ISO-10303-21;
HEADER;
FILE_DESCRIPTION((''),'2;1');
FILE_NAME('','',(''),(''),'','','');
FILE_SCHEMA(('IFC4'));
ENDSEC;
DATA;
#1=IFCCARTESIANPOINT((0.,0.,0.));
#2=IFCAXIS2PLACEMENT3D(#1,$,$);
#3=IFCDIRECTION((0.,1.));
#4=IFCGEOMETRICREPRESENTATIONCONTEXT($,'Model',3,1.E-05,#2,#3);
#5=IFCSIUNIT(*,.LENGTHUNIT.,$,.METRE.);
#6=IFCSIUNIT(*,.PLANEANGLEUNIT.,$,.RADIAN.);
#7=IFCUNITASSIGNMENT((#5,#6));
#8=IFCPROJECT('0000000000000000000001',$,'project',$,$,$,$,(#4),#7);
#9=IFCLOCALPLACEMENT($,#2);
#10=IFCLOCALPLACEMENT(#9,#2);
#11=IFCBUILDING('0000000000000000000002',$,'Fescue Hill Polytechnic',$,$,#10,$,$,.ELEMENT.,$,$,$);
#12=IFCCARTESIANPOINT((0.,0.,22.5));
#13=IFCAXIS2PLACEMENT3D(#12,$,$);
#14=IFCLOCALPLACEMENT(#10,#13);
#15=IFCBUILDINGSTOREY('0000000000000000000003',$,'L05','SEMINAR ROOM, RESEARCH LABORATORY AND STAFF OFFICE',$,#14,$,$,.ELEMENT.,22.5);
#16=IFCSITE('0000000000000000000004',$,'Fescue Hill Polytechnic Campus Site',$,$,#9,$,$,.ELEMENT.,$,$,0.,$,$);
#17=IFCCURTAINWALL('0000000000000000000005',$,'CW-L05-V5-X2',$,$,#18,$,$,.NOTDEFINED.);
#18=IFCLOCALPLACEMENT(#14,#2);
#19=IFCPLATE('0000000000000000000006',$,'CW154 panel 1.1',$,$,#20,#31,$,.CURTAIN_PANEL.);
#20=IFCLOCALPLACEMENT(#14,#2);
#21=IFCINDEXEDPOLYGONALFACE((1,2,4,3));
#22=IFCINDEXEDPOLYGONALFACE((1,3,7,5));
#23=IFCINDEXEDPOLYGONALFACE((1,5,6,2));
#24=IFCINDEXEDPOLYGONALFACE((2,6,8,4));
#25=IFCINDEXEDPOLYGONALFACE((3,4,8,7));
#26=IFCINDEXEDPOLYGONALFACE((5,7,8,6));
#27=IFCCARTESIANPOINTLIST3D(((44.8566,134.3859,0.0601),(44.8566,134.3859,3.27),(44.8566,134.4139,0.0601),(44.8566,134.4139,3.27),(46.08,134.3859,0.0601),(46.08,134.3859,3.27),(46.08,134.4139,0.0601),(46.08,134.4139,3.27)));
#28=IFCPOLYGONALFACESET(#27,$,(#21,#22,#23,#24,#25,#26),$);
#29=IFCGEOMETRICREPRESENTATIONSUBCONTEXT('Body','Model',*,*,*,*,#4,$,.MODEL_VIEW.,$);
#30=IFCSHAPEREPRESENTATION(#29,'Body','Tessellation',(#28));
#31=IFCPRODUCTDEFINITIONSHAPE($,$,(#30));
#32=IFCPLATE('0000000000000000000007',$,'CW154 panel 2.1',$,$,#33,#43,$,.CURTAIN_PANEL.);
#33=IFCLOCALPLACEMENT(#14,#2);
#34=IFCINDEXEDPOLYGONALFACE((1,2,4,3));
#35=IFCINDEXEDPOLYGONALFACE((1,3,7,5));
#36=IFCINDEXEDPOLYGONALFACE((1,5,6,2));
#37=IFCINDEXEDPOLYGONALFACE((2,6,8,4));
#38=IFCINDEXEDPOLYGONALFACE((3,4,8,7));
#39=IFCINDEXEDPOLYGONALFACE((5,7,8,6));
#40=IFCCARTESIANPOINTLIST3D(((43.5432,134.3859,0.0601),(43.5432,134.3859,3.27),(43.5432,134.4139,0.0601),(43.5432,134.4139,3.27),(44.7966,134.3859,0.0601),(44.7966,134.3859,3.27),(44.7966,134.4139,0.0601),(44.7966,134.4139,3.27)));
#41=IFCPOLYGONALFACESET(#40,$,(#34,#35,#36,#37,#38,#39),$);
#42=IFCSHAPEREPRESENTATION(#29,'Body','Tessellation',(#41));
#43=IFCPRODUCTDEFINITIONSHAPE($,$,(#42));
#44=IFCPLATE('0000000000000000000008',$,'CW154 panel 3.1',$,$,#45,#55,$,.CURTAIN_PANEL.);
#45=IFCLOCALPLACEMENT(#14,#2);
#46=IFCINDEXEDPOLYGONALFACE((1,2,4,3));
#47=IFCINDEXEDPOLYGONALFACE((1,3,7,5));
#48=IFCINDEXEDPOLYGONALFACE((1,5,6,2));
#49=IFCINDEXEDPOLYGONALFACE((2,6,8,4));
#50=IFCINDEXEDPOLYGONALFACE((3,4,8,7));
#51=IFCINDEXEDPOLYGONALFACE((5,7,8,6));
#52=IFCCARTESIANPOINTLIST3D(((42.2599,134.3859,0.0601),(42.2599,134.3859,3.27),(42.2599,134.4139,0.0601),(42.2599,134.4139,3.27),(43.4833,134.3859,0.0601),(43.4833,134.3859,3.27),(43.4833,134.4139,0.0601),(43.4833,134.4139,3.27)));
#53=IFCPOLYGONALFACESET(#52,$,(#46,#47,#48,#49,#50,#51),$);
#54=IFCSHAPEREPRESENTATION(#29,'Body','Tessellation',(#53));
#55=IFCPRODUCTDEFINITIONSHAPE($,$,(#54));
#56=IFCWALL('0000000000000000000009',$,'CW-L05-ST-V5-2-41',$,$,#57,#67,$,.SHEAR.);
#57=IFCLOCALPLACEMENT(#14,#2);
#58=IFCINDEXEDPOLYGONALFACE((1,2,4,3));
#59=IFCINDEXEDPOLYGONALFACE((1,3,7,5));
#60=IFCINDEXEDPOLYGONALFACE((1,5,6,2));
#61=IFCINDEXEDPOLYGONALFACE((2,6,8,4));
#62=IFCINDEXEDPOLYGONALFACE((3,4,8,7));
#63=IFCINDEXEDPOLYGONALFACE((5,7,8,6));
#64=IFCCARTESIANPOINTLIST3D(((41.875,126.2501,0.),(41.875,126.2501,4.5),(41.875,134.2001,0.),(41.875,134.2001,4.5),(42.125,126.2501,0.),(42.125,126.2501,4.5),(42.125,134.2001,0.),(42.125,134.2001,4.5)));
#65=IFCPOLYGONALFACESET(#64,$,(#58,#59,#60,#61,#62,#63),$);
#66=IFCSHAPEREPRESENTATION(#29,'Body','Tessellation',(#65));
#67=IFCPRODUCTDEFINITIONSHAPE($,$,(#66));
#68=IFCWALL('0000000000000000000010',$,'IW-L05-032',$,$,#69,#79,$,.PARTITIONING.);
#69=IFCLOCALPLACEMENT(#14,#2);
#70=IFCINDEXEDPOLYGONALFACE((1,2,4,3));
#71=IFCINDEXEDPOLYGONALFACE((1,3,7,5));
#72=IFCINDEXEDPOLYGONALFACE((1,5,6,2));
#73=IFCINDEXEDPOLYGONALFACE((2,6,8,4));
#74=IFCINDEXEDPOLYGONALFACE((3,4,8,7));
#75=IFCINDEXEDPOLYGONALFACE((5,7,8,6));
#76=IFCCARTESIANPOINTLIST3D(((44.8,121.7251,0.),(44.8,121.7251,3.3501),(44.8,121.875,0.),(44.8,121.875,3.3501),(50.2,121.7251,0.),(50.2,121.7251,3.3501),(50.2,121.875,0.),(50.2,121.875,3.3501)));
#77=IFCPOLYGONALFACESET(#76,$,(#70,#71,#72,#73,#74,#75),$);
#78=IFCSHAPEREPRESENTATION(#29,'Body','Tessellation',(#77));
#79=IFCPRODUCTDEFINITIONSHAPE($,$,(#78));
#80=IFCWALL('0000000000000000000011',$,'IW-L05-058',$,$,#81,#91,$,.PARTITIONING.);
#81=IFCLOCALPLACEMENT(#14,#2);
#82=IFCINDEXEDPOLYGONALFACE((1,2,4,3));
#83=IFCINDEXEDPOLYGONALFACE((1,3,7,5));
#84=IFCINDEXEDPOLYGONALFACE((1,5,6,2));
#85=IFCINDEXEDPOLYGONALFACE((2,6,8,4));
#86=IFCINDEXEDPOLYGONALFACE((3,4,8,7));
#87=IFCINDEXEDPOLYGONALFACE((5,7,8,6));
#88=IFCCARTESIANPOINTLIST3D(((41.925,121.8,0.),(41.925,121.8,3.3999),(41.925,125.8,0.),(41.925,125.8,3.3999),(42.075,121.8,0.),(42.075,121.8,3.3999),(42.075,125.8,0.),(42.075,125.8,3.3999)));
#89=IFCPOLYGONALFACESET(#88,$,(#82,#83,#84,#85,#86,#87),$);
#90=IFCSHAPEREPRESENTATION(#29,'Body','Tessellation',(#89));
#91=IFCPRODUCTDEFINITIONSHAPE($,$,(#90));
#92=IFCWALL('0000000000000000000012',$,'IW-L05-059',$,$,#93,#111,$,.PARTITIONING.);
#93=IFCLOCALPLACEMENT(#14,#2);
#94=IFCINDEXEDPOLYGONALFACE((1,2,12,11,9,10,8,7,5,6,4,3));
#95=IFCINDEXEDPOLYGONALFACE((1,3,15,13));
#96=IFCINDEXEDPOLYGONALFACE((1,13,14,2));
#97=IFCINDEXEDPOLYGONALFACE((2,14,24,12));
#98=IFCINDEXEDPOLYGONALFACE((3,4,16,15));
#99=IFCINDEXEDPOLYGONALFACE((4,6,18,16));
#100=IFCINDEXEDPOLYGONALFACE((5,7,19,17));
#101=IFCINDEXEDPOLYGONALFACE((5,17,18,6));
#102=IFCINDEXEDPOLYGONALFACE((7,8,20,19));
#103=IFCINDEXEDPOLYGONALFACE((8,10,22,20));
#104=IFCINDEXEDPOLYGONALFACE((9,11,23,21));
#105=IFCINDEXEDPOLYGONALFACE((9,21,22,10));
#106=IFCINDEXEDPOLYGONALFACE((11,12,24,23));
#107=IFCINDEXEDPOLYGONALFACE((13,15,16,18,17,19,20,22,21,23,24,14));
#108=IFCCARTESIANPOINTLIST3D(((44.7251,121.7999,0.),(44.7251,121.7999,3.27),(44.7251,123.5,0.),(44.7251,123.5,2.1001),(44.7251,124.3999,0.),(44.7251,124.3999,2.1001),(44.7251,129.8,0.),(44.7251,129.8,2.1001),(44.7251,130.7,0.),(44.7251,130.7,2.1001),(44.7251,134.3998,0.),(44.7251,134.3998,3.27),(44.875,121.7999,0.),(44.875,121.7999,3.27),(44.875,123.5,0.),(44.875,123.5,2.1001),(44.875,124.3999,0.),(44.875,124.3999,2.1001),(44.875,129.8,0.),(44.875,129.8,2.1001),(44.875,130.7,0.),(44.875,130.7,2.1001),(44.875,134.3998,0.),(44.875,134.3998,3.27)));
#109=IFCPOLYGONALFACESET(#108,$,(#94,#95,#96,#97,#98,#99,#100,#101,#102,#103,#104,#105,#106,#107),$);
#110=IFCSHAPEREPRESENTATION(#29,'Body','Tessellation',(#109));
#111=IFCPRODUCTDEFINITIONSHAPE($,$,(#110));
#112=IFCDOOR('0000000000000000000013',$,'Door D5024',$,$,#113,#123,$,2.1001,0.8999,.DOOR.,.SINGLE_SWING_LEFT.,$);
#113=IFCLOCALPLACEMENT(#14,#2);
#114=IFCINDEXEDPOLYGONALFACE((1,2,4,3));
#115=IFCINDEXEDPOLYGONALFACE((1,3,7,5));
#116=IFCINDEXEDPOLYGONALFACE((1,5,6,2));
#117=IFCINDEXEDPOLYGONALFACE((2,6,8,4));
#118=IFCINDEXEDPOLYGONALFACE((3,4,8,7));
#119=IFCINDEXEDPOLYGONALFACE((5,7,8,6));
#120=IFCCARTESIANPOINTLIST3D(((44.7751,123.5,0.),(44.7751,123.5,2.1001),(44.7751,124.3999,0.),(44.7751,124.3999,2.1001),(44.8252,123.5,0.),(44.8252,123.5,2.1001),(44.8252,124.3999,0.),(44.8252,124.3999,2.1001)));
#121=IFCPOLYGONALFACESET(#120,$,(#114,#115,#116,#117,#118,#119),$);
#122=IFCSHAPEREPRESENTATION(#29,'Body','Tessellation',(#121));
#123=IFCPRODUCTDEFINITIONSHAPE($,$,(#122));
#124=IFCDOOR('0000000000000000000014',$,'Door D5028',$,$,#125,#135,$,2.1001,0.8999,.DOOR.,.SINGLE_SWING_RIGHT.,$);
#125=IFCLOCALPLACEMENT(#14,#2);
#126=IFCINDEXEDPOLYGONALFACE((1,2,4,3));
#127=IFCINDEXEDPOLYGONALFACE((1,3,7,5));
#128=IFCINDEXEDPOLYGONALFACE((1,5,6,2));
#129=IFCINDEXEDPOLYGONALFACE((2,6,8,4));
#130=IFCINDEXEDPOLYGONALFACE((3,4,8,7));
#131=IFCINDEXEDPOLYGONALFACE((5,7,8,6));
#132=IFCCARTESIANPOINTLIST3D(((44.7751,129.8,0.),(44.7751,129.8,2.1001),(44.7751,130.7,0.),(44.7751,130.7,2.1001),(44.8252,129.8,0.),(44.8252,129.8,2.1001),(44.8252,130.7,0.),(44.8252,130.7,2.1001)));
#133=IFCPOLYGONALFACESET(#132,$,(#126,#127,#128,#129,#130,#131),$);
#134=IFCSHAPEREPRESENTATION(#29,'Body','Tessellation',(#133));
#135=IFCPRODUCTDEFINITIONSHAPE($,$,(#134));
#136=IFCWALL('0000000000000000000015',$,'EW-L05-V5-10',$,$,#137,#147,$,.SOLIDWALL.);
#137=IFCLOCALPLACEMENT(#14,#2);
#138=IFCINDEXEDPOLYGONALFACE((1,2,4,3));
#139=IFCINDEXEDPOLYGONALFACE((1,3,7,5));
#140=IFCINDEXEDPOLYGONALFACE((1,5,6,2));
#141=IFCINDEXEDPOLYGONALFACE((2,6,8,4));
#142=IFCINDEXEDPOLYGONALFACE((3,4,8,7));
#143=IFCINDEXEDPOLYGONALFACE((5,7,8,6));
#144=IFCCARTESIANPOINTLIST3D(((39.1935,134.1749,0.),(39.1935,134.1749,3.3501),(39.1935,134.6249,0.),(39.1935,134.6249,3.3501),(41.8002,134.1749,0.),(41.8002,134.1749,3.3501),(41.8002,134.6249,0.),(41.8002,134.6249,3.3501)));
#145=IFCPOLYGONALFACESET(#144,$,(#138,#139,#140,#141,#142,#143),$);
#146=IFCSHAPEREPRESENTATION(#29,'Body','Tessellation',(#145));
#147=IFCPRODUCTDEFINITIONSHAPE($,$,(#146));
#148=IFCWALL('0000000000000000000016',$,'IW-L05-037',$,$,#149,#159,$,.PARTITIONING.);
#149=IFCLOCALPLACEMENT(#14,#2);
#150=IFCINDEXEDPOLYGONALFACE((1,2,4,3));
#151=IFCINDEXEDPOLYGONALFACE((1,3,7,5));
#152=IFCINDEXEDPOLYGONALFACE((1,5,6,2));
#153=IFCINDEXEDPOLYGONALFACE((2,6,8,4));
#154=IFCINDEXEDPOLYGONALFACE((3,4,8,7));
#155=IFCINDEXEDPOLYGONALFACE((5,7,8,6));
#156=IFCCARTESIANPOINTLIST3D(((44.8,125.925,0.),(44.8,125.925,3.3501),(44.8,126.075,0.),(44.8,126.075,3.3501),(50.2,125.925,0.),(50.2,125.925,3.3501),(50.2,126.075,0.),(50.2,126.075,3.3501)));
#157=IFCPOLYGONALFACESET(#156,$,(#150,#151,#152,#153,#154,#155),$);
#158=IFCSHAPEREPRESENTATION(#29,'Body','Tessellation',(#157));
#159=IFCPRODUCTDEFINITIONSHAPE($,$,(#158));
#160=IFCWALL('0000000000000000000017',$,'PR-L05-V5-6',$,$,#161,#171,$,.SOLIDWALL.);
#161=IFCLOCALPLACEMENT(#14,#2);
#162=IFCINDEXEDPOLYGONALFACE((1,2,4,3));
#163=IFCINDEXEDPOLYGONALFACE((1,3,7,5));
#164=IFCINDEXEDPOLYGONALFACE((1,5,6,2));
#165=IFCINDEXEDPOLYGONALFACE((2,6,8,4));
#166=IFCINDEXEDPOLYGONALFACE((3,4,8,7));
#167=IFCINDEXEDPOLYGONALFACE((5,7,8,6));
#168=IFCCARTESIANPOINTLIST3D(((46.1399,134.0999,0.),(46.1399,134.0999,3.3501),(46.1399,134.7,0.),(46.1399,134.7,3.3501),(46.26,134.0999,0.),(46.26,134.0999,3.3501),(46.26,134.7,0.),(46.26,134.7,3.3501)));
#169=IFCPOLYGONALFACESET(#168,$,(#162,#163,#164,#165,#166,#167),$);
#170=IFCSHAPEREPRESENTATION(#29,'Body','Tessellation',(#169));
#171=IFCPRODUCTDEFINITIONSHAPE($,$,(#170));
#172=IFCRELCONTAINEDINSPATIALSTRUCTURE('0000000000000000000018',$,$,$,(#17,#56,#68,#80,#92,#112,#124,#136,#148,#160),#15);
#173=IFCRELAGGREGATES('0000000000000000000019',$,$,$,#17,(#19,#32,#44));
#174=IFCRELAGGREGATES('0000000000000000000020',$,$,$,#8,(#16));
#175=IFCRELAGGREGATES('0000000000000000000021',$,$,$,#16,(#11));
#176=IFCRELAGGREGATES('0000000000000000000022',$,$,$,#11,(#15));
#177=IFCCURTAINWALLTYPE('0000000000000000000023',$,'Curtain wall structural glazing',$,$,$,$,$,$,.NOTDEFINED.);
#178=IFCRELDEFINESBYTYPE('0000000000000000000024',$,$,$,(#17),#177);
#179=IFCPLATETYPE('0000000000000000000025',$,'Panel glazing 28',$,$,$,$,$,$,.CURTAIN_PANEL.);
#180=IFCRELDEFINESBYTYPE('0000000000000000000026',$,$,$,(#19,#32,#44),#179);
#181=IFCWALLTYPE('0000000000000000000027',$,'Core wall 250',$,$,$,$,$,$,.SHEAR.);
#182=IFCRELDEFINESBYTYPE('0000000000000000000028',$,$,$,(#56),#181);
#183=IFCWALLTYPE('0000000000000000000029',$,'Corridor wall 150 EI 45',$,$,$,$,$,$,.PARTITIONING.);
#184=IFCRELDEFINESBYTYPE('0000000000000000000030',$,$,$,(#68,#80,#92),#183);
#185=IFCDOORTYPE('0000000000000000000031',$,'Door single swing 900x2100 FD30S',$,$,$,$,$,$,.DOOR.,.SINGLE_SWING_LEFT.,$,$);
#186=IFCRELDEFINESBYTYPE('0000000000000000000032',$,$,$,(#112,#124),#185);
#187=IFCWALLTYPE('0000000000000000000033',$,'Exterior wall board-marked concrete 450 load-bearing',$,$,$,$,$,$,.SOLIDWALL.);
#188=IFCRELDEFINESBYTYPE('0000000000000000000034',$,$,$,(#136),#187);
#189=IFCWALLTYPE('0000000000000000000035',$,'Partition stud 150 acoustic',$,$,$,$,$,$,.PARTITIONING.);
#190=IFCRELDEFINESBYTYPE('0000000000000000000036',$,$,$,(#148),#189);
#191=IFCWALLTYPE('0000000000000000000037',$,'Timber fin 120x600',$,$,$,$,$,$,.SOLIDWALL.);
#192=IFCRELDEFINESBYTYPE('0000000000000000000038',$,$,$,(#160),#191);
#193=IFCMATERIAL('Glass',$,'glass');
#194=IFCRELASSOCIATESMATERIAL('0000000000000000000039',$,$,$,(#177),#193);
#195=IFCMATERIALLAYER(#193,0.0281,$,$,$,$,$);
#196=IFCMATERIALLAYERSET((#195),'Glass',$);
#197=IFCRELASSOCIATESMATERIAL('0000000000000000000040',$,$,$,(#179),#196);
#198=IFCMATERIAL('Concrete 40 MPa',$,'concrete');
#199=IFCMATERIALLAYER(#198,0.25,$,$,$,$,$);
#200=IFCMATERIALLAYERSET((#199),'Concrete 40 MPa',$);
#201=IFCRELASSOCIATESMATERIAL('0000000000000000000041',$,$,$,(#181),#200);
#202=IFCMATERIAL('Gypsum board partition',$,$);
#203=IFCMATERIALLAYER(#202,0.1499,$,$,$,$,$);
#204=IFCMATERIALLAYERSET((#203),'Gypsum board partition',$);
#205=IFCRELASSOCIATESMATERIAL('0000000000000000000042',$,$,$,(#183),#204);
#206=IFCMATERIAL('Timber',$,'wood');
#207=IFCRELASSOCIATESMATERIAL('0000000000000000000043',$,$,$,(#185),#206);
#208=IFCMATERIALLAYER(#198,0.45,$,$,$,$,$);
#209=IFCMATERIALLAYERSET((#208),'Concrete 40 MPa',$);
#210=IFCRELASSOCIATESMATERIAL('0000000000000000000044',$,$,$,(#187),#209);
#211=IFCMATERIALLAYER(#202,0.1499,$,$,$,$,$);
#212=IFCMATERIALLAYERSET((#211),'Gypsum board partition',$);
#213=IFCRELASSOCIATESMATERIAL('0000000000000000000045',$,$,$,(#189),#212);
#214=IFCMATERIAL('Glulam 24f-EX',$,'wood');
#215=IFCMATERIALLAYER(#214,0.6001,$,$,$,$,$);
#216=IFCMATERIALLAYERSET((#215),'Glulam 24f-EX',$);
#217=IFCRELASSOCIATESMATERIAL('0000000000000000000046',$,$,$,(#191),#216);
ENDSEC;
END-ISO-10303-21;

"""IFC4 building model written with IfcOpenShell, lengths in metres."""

from ifc_helpers import new_model, si_unit, direction, frame, frame_2d, origin, origin_2d, place, context, subcontext, project, spatial, rectangle, extrude, material, layer, layer_set, type_object, element, fill, aggregate, save


model = new_model("IFC4")

# Units and contexts
model_context = context("Model", 3, precision=1e-05, world=origin(), true_north=direction((0.0, 1.0)))
body_context = subcontext(model_context, "Body", "Model", "MODEL_VIEW")
ifc_project = project(units=[si_unit("LENGTHUNIT", "METRE"), si_unit("PLANEANGLEUNIT", "RADIAN")], contexts=[model_context])

# Site, building, storey
site_placement = place(None, origin())
site = spatial("IfcSite", under=ifc_project, at=site_placement, Name="Fescue Hill Polytechnic Campus Site", CompositionType="ELEMENT", RefElevation=0.0)
building_placement = place(site_placement, origin())
building = spatial("IfcBuilding", under=site, at=building_placement, Name="Fescue Hill Polytechnic", CompositionType="ELEMENT")
storey_placement = place(building_placement, frame((0.0, 0.0, 22.5)))
storey = spatial("IfcBuildingStorey", under=building, at=storey_placement, Name="L05", Description="SEMINAR ROOM, RESEARCH LABORATORY AND STAFF OFFICE", CompositionType="ELEMENT", Elevation=22.5)

# Shared definitions
ifc_material_1 = material(Name="Concrete 40 MPa", Category="concrete")

# Curtain wall, plates
ifc_material_2 = material(Name="Glass", Category="glass")
curtain_wall_type = type_object("IfcCurtainWallType", Name="Curtain wall structural glazing", PredefinedType="NOTDEFINED", material=ifc_material_2)
curtain_wall_placement = place(storey_placement, origin())
curtain_wall = element("IfcCurtainWall", 1, at=curtain_wall_placement, inside=storey, type_object=curtain_wall_type, Name="CW-L05-V5-X2", PredefinedType="NOTDEFINED")
ifc_layer_1 = layer(ifc_material_2, 0.0281)
ifc_layer_set_1 = layer_set([ifc_layer_1], Name="Glass")
plate_type = type_object("IfcPlateType", Name="Panel glazing 28", PredefinedType="CURTAIN_PANEL", material=ifc_layer_set_1)
plate_1_placement = place(storey_placement, frame((45.4683, 134.3999, 0.0601), z_axis=(0.0, 0.0, 1.0), x_axis=(-1.0, 0.0, 0.0)))
plate_1 = element("IfcPlate", 2, at=plate_1_placement, type_object=plate_type, Name="CW154 panel 1.1", PredefinedType="CURTAIN_PANEL", context=body_context, shape_type="SweptSolid", body=[
    extrude(rectangle(XDim=1.2234, YDim=0.0281, at=origin_2d()), origin(), (0.0, 0.0, 1.0), 3.21),
])
plate_2_placement = place(storey_placement, frame((44.1699, 134.3999, 0.0601), z_axis=(0.0, 0.0, 1.0), x_axis=(-1.0, 0.0, 0.0)))
plate_2 = element("IfcPlate", 3, at=plate_2_placement, type_object=plate_type, Name="CW154 panel 2.1", PredefinedType="CURTAIN_PANEL", context=body_context, shape_type="SweptSolid", body=[
    extrude(rectangle(XDim=1.2534, YDim=0.0281, at=origin_2d()), origin(), (0.0, 0.0, 1.0), 3.21),
])
plate_3_placement = place(storey_placement, frame((42.8716, 134.3999, 0.0601), z_axis=(0.0, 0.0, 1.0), x_axis=(-1.0, 0.0, 0.0)))
plate_3 = element("IfcPlate", 4, at=plate_3_placement, type_object=plate_type, Name="CW154 panel 3.1", PredefinedType="CURTAIN_PANEL", context=body_context, shape_type="SweptSolid", body=[
    extrude(rectangle(XDim=1.2234, YDim=0.0281, at=origin_2d()), origin(), (0.0, 0.0, 1.0), 3.21),
])
aggregate(curtain_wall, [plate_1, plate_2, plate_3])

# Walls
ifc_layer_2 = layer(ifc_material_1, 0.25)
ifc_layer_set_2 = layer_set([ifc_layer_2], Name="Concrete 40 MPa")
wall_type_1 = type_object("IfcWallType", Name="Core wall 250", PredefinedType="SHEAR", material=ifc_layer_set_2)
wall_1_placement = place(storey_placement, frame((42.0, 126.25, 0.0), z_axis=(0.0, 0.0, 1.0), x_axis=(0.0, 1.0, 0.0)))
element("IfcWall", 5, at=wall_1_placement, inside=storey, type_object=wall_type_1, Name="CW-L05-ST-V5-2-41", PredefinedType="SHEAR", context=body_context, shape_type="SweptSolid", body=[
    extrude(rectangle(XDim=7.95, YDim=0.25, at=frame_2d((3.9751, 0.0))), origin(), (0.0, 0.0, 1.0), 4.5),
])
ifc_material_3 = material(Name="Gypsum board partition")
ifc_layer_3 = layer(ifc_material_3, 0.1499)
ifc_layer_set_3 = layer_set([ifc_layer_3], Name="Gypsum board partition")
wall_type_2 = type_object("IfcWallType", Name="Corridor wall 150 EI 45", PredefinedType="PARTITIONING", material=ifc_layer_set_3)
wall_2_placement = place(storey_placement, frame((44.8, 121.8, 0.0), z_axis=(0.0, 0.0, 1.0), x_axis=(1.0, 0.0, 0.0)))
element("IfcWall", 6, at=wall_2_placement, inside=storey, type_object=wall_type_2, Name="IW-L05-032", PredefinedType="PARTITIONING", context=body_context, shape_type="SweptSolid", body=[
    extrude(rectangle(XDim=5.3999, YDim=0.1499, at=frame_2d((2.7, 0.0))), origin(), (0.0, 0.0, 1.0), 3.3501),
])
wall_3_placement = place(storey_placement, frame((42.0, 121.8, 0.0), z_axis=(0.0, 0.0, 1.0), x_axis=(0.0, 1.0, 0.0)))
element("IfcWall", 7, at=wall_3_placement, inside=storey, type_object=wall_type_2, Name="IW-L05-058", PredefinedType="PARTITIONING", context=body_context, shape_type="SweptSolid", body=[
    extrude(rectangle(XDim=4.0, YDim=0.1499, at=frame_2d((2.0, 0.0))), origin(), (0.0, 0.0, 1.0), 3.3999),
])

# Wall, openings, doors
wall_4_placement = place(storey_placement, frame((44.8, 121.8, 0.0), z_axis=(0.0, 0.0, 1.0), x_axis=(0.0, 1.0, 0.0)))
wall_4 = element("IfcWall", 8, at=wall_4_placement, inside=storey, type_object=wall_type_2, Name="IW-L05-059", PredefinedType="PARTITIONING", context=body_context, shape_type="SweptSolid", body=[
    extrude(rectangle(XDim=12.5999, YDim=0.1499, at=frame_2d((6.2998, 0.0))), origin(), (0.0, 0.0, 1.0), 3.27),
])
opening_1_placement = place(wall_4_placement, frame((1.7, 0.0, 0.0)))
opening_1 = element("IfcOpeningElement", 9, at=opening_1_placement, cuts=wall_4, PredefinedType="OPENING", context=body_context, shape_type="SweptSolid", body=[
    extrude(rectangle(XDim=0.8999, YDim=2.1001, at=frame_2d((0.45, 1.05))), frame((0.0, 0.085, 0.0), z_axis=(0.0, -1.0, 0.0), x_axis=(1.0, 0.0, 0.0)), (0.0, 0.0, 1.0), 0.1699),
])
opening_2_placement = place(wall_4_placement, frame((8.0, 0.0, 0.0)))
opening_2 = element("IfcOpeningElement", 10, at=opening_2_placement, cuts=wall_4, PredefinedType="OPENING", context=body_context, shape_type="SweptSolid", body=[
    extrude(rectangle(XDim=0.8999, YDim=2.1001, at=frame_2d((0.45, 1.05))), frame((0.0, 0.085, 0.0), z_axis=(0.0, -1.0, 0.0), x_axis=(1.0, 0.0, 0.0)), (0.0, 0.0, 1.0), 0.1699),
])
ifc_material_4 = material(Name="Timber", Category="wood")
door_type = type_object("IfcDoorType", Name="Door single swing 900x2100 FD30S", OperationType="SINGLE_SWING_LEFT", PredefinedType="DOOR", material=ifc_material_4)
door_1_placement = place(opening_1_placement, origin())
door_1 = element("IfcDoor", 11, at=door_1_placement, inside=storey, type_object=door_type, Name="Door D5024", OperationType="SINGLE_SWING_LEFT", OverallHeight=2.1001, OverallWidth=0.8999, PredefinedType="DOOR", context=body_context, shape_type="SweptSolid", body=[
    extrude(rectangle(XDim=0.8999, YDim=2.1001, at=frame_2d((0.45, 1.05))), frame((0.0, 0.0249, 0.0), z_axis=(0.0, -1.0, 0.0), x_axis=(1.0, 0.0, 0.0)), (0.0, 0.0, 1.0), 0.05),
])
fill(opening_1, door_1)
door_2_placement = place(opening_2_placement, origin())
door_2 = element("IfcDoor", 12, at=door_2_placement, inside=storey, type_object=door_type, Name="Door D5028", OperationType="SINGLE_SWING_RIGHT", OverallHeight=2.1001, OverallWidth=0.8999, PredefinedType="DOOR", context=body_context, shape_type="SweptSolid", body=[
    extrude(rectangle(XDim=0.8999, YDim=2.1001, at=frame_2d((0.45, 1.05))), frame((0.0, 0.0249, 0.0), z_axis=(0.0, -1.0, 0.0), x_axis=(1.0, 0.0, 0.0)), (0.0, 0.0, 1.0), 0.05),
])
fill(opening_2, door_2)

# Walls
ifc_layer_4 = layer(ifc_material_1, 0.45)
ifc_layer_set_4 = layer_set([ifc_layer_4], Name="Concrete 40 MPa")
wall_type_3 = type_object("IfcWallType", Name="Exterior wall board-marked concrete 450 load-bearing", PredefinedType="SOLIDWALL", material=ifc_layer_set_4)
wall_5_placement = place(storey_placement, frame((41.8, 134.3999, 0.0), z_axis=(0.0, 0.0, 1.0), x_axis=(-1.0, 0.0, 0.0)))
element("IfcWall", 13, at=wall_5_placement, inside=storey, type_object=wall_type_3, Name="EW-L05-V5-10", PredefinedType="SOLIDWALL", context=body_context, shape_type="SweptSolid", body=[
    extrude(rectangle(XDim=2.6067, YDim=0.45, at=frame_2d((1.3032, 0.0))), origin(), (0.0, 0.0, 1.0), 3.3501),
])
ifc_layer_5 = layer(ifc_material_3, 0.1499)
ifc_layer_set_5 = layer_set([ifc_layer_5], Name="Gypsum board partition")
wall_type_4 = type_object("IfcWallType", Name="Partition stud 150 acoustic", PredefinedType="PARTITIONING", material=ifc_layer_set_5)
wall_6_placement = place(storey_placement, frame((44.8, 126.0, 0.0), z_axis=(0.0, 0.0, 1.0), x_axis=(1.0, 0.0, 0.0)))
element("IfcWall", 14, at=wall_6_placement, inside=storey, type_object=wall_type_4, Name="IW-L05-037", PredefinedType="PARTITIONING", context=body_context, shape_type="SweptSolid", body=[
    extrude(rectangle(XDim=5.3999, YDim=0.1499, at=frame_2d((2.7, 0.0))), origin(), (0.0, 0.0, 1.0), 3.3501),
])
ifc_material_5 = material(Name="Glulam 24f-EX", Category="wood")
ifc_layer_6 = layer(ifc_material_5, 0.6001)
ifc_layer_set_6 = layer_set([ifc_layer_6], Name="Glulam 24f-EX")
wall_type_5 = type_object("IfcWallType", Name="Timber fin 120x600", PredefinedType="SOLIDWALL", material=ifc_layer_set_6)
wall_7_placement = place(storey_placement, frame((46.26, 134.3999, 0.0), z_axis=(0.0, 0.0, 1.0), x_axis=(-1.0, 0.0, 0.0)))
element("IfcWall", 15, at=wall_7_placement, inside=storey, type_object=wall_type_5, Name="PR-L05-V5-6", PredefinedType="SOLIDWALL", context=body_context, shape_type="SweptSolid", body=[
    extrude(rectangle(XDim=0.1201, YDim=0.6001, at=frame_2d((0.0601, 0.0))), origin(), (0.0, 0.0, 1.0), 3.3501),
])

save(model, "model.ifc")
